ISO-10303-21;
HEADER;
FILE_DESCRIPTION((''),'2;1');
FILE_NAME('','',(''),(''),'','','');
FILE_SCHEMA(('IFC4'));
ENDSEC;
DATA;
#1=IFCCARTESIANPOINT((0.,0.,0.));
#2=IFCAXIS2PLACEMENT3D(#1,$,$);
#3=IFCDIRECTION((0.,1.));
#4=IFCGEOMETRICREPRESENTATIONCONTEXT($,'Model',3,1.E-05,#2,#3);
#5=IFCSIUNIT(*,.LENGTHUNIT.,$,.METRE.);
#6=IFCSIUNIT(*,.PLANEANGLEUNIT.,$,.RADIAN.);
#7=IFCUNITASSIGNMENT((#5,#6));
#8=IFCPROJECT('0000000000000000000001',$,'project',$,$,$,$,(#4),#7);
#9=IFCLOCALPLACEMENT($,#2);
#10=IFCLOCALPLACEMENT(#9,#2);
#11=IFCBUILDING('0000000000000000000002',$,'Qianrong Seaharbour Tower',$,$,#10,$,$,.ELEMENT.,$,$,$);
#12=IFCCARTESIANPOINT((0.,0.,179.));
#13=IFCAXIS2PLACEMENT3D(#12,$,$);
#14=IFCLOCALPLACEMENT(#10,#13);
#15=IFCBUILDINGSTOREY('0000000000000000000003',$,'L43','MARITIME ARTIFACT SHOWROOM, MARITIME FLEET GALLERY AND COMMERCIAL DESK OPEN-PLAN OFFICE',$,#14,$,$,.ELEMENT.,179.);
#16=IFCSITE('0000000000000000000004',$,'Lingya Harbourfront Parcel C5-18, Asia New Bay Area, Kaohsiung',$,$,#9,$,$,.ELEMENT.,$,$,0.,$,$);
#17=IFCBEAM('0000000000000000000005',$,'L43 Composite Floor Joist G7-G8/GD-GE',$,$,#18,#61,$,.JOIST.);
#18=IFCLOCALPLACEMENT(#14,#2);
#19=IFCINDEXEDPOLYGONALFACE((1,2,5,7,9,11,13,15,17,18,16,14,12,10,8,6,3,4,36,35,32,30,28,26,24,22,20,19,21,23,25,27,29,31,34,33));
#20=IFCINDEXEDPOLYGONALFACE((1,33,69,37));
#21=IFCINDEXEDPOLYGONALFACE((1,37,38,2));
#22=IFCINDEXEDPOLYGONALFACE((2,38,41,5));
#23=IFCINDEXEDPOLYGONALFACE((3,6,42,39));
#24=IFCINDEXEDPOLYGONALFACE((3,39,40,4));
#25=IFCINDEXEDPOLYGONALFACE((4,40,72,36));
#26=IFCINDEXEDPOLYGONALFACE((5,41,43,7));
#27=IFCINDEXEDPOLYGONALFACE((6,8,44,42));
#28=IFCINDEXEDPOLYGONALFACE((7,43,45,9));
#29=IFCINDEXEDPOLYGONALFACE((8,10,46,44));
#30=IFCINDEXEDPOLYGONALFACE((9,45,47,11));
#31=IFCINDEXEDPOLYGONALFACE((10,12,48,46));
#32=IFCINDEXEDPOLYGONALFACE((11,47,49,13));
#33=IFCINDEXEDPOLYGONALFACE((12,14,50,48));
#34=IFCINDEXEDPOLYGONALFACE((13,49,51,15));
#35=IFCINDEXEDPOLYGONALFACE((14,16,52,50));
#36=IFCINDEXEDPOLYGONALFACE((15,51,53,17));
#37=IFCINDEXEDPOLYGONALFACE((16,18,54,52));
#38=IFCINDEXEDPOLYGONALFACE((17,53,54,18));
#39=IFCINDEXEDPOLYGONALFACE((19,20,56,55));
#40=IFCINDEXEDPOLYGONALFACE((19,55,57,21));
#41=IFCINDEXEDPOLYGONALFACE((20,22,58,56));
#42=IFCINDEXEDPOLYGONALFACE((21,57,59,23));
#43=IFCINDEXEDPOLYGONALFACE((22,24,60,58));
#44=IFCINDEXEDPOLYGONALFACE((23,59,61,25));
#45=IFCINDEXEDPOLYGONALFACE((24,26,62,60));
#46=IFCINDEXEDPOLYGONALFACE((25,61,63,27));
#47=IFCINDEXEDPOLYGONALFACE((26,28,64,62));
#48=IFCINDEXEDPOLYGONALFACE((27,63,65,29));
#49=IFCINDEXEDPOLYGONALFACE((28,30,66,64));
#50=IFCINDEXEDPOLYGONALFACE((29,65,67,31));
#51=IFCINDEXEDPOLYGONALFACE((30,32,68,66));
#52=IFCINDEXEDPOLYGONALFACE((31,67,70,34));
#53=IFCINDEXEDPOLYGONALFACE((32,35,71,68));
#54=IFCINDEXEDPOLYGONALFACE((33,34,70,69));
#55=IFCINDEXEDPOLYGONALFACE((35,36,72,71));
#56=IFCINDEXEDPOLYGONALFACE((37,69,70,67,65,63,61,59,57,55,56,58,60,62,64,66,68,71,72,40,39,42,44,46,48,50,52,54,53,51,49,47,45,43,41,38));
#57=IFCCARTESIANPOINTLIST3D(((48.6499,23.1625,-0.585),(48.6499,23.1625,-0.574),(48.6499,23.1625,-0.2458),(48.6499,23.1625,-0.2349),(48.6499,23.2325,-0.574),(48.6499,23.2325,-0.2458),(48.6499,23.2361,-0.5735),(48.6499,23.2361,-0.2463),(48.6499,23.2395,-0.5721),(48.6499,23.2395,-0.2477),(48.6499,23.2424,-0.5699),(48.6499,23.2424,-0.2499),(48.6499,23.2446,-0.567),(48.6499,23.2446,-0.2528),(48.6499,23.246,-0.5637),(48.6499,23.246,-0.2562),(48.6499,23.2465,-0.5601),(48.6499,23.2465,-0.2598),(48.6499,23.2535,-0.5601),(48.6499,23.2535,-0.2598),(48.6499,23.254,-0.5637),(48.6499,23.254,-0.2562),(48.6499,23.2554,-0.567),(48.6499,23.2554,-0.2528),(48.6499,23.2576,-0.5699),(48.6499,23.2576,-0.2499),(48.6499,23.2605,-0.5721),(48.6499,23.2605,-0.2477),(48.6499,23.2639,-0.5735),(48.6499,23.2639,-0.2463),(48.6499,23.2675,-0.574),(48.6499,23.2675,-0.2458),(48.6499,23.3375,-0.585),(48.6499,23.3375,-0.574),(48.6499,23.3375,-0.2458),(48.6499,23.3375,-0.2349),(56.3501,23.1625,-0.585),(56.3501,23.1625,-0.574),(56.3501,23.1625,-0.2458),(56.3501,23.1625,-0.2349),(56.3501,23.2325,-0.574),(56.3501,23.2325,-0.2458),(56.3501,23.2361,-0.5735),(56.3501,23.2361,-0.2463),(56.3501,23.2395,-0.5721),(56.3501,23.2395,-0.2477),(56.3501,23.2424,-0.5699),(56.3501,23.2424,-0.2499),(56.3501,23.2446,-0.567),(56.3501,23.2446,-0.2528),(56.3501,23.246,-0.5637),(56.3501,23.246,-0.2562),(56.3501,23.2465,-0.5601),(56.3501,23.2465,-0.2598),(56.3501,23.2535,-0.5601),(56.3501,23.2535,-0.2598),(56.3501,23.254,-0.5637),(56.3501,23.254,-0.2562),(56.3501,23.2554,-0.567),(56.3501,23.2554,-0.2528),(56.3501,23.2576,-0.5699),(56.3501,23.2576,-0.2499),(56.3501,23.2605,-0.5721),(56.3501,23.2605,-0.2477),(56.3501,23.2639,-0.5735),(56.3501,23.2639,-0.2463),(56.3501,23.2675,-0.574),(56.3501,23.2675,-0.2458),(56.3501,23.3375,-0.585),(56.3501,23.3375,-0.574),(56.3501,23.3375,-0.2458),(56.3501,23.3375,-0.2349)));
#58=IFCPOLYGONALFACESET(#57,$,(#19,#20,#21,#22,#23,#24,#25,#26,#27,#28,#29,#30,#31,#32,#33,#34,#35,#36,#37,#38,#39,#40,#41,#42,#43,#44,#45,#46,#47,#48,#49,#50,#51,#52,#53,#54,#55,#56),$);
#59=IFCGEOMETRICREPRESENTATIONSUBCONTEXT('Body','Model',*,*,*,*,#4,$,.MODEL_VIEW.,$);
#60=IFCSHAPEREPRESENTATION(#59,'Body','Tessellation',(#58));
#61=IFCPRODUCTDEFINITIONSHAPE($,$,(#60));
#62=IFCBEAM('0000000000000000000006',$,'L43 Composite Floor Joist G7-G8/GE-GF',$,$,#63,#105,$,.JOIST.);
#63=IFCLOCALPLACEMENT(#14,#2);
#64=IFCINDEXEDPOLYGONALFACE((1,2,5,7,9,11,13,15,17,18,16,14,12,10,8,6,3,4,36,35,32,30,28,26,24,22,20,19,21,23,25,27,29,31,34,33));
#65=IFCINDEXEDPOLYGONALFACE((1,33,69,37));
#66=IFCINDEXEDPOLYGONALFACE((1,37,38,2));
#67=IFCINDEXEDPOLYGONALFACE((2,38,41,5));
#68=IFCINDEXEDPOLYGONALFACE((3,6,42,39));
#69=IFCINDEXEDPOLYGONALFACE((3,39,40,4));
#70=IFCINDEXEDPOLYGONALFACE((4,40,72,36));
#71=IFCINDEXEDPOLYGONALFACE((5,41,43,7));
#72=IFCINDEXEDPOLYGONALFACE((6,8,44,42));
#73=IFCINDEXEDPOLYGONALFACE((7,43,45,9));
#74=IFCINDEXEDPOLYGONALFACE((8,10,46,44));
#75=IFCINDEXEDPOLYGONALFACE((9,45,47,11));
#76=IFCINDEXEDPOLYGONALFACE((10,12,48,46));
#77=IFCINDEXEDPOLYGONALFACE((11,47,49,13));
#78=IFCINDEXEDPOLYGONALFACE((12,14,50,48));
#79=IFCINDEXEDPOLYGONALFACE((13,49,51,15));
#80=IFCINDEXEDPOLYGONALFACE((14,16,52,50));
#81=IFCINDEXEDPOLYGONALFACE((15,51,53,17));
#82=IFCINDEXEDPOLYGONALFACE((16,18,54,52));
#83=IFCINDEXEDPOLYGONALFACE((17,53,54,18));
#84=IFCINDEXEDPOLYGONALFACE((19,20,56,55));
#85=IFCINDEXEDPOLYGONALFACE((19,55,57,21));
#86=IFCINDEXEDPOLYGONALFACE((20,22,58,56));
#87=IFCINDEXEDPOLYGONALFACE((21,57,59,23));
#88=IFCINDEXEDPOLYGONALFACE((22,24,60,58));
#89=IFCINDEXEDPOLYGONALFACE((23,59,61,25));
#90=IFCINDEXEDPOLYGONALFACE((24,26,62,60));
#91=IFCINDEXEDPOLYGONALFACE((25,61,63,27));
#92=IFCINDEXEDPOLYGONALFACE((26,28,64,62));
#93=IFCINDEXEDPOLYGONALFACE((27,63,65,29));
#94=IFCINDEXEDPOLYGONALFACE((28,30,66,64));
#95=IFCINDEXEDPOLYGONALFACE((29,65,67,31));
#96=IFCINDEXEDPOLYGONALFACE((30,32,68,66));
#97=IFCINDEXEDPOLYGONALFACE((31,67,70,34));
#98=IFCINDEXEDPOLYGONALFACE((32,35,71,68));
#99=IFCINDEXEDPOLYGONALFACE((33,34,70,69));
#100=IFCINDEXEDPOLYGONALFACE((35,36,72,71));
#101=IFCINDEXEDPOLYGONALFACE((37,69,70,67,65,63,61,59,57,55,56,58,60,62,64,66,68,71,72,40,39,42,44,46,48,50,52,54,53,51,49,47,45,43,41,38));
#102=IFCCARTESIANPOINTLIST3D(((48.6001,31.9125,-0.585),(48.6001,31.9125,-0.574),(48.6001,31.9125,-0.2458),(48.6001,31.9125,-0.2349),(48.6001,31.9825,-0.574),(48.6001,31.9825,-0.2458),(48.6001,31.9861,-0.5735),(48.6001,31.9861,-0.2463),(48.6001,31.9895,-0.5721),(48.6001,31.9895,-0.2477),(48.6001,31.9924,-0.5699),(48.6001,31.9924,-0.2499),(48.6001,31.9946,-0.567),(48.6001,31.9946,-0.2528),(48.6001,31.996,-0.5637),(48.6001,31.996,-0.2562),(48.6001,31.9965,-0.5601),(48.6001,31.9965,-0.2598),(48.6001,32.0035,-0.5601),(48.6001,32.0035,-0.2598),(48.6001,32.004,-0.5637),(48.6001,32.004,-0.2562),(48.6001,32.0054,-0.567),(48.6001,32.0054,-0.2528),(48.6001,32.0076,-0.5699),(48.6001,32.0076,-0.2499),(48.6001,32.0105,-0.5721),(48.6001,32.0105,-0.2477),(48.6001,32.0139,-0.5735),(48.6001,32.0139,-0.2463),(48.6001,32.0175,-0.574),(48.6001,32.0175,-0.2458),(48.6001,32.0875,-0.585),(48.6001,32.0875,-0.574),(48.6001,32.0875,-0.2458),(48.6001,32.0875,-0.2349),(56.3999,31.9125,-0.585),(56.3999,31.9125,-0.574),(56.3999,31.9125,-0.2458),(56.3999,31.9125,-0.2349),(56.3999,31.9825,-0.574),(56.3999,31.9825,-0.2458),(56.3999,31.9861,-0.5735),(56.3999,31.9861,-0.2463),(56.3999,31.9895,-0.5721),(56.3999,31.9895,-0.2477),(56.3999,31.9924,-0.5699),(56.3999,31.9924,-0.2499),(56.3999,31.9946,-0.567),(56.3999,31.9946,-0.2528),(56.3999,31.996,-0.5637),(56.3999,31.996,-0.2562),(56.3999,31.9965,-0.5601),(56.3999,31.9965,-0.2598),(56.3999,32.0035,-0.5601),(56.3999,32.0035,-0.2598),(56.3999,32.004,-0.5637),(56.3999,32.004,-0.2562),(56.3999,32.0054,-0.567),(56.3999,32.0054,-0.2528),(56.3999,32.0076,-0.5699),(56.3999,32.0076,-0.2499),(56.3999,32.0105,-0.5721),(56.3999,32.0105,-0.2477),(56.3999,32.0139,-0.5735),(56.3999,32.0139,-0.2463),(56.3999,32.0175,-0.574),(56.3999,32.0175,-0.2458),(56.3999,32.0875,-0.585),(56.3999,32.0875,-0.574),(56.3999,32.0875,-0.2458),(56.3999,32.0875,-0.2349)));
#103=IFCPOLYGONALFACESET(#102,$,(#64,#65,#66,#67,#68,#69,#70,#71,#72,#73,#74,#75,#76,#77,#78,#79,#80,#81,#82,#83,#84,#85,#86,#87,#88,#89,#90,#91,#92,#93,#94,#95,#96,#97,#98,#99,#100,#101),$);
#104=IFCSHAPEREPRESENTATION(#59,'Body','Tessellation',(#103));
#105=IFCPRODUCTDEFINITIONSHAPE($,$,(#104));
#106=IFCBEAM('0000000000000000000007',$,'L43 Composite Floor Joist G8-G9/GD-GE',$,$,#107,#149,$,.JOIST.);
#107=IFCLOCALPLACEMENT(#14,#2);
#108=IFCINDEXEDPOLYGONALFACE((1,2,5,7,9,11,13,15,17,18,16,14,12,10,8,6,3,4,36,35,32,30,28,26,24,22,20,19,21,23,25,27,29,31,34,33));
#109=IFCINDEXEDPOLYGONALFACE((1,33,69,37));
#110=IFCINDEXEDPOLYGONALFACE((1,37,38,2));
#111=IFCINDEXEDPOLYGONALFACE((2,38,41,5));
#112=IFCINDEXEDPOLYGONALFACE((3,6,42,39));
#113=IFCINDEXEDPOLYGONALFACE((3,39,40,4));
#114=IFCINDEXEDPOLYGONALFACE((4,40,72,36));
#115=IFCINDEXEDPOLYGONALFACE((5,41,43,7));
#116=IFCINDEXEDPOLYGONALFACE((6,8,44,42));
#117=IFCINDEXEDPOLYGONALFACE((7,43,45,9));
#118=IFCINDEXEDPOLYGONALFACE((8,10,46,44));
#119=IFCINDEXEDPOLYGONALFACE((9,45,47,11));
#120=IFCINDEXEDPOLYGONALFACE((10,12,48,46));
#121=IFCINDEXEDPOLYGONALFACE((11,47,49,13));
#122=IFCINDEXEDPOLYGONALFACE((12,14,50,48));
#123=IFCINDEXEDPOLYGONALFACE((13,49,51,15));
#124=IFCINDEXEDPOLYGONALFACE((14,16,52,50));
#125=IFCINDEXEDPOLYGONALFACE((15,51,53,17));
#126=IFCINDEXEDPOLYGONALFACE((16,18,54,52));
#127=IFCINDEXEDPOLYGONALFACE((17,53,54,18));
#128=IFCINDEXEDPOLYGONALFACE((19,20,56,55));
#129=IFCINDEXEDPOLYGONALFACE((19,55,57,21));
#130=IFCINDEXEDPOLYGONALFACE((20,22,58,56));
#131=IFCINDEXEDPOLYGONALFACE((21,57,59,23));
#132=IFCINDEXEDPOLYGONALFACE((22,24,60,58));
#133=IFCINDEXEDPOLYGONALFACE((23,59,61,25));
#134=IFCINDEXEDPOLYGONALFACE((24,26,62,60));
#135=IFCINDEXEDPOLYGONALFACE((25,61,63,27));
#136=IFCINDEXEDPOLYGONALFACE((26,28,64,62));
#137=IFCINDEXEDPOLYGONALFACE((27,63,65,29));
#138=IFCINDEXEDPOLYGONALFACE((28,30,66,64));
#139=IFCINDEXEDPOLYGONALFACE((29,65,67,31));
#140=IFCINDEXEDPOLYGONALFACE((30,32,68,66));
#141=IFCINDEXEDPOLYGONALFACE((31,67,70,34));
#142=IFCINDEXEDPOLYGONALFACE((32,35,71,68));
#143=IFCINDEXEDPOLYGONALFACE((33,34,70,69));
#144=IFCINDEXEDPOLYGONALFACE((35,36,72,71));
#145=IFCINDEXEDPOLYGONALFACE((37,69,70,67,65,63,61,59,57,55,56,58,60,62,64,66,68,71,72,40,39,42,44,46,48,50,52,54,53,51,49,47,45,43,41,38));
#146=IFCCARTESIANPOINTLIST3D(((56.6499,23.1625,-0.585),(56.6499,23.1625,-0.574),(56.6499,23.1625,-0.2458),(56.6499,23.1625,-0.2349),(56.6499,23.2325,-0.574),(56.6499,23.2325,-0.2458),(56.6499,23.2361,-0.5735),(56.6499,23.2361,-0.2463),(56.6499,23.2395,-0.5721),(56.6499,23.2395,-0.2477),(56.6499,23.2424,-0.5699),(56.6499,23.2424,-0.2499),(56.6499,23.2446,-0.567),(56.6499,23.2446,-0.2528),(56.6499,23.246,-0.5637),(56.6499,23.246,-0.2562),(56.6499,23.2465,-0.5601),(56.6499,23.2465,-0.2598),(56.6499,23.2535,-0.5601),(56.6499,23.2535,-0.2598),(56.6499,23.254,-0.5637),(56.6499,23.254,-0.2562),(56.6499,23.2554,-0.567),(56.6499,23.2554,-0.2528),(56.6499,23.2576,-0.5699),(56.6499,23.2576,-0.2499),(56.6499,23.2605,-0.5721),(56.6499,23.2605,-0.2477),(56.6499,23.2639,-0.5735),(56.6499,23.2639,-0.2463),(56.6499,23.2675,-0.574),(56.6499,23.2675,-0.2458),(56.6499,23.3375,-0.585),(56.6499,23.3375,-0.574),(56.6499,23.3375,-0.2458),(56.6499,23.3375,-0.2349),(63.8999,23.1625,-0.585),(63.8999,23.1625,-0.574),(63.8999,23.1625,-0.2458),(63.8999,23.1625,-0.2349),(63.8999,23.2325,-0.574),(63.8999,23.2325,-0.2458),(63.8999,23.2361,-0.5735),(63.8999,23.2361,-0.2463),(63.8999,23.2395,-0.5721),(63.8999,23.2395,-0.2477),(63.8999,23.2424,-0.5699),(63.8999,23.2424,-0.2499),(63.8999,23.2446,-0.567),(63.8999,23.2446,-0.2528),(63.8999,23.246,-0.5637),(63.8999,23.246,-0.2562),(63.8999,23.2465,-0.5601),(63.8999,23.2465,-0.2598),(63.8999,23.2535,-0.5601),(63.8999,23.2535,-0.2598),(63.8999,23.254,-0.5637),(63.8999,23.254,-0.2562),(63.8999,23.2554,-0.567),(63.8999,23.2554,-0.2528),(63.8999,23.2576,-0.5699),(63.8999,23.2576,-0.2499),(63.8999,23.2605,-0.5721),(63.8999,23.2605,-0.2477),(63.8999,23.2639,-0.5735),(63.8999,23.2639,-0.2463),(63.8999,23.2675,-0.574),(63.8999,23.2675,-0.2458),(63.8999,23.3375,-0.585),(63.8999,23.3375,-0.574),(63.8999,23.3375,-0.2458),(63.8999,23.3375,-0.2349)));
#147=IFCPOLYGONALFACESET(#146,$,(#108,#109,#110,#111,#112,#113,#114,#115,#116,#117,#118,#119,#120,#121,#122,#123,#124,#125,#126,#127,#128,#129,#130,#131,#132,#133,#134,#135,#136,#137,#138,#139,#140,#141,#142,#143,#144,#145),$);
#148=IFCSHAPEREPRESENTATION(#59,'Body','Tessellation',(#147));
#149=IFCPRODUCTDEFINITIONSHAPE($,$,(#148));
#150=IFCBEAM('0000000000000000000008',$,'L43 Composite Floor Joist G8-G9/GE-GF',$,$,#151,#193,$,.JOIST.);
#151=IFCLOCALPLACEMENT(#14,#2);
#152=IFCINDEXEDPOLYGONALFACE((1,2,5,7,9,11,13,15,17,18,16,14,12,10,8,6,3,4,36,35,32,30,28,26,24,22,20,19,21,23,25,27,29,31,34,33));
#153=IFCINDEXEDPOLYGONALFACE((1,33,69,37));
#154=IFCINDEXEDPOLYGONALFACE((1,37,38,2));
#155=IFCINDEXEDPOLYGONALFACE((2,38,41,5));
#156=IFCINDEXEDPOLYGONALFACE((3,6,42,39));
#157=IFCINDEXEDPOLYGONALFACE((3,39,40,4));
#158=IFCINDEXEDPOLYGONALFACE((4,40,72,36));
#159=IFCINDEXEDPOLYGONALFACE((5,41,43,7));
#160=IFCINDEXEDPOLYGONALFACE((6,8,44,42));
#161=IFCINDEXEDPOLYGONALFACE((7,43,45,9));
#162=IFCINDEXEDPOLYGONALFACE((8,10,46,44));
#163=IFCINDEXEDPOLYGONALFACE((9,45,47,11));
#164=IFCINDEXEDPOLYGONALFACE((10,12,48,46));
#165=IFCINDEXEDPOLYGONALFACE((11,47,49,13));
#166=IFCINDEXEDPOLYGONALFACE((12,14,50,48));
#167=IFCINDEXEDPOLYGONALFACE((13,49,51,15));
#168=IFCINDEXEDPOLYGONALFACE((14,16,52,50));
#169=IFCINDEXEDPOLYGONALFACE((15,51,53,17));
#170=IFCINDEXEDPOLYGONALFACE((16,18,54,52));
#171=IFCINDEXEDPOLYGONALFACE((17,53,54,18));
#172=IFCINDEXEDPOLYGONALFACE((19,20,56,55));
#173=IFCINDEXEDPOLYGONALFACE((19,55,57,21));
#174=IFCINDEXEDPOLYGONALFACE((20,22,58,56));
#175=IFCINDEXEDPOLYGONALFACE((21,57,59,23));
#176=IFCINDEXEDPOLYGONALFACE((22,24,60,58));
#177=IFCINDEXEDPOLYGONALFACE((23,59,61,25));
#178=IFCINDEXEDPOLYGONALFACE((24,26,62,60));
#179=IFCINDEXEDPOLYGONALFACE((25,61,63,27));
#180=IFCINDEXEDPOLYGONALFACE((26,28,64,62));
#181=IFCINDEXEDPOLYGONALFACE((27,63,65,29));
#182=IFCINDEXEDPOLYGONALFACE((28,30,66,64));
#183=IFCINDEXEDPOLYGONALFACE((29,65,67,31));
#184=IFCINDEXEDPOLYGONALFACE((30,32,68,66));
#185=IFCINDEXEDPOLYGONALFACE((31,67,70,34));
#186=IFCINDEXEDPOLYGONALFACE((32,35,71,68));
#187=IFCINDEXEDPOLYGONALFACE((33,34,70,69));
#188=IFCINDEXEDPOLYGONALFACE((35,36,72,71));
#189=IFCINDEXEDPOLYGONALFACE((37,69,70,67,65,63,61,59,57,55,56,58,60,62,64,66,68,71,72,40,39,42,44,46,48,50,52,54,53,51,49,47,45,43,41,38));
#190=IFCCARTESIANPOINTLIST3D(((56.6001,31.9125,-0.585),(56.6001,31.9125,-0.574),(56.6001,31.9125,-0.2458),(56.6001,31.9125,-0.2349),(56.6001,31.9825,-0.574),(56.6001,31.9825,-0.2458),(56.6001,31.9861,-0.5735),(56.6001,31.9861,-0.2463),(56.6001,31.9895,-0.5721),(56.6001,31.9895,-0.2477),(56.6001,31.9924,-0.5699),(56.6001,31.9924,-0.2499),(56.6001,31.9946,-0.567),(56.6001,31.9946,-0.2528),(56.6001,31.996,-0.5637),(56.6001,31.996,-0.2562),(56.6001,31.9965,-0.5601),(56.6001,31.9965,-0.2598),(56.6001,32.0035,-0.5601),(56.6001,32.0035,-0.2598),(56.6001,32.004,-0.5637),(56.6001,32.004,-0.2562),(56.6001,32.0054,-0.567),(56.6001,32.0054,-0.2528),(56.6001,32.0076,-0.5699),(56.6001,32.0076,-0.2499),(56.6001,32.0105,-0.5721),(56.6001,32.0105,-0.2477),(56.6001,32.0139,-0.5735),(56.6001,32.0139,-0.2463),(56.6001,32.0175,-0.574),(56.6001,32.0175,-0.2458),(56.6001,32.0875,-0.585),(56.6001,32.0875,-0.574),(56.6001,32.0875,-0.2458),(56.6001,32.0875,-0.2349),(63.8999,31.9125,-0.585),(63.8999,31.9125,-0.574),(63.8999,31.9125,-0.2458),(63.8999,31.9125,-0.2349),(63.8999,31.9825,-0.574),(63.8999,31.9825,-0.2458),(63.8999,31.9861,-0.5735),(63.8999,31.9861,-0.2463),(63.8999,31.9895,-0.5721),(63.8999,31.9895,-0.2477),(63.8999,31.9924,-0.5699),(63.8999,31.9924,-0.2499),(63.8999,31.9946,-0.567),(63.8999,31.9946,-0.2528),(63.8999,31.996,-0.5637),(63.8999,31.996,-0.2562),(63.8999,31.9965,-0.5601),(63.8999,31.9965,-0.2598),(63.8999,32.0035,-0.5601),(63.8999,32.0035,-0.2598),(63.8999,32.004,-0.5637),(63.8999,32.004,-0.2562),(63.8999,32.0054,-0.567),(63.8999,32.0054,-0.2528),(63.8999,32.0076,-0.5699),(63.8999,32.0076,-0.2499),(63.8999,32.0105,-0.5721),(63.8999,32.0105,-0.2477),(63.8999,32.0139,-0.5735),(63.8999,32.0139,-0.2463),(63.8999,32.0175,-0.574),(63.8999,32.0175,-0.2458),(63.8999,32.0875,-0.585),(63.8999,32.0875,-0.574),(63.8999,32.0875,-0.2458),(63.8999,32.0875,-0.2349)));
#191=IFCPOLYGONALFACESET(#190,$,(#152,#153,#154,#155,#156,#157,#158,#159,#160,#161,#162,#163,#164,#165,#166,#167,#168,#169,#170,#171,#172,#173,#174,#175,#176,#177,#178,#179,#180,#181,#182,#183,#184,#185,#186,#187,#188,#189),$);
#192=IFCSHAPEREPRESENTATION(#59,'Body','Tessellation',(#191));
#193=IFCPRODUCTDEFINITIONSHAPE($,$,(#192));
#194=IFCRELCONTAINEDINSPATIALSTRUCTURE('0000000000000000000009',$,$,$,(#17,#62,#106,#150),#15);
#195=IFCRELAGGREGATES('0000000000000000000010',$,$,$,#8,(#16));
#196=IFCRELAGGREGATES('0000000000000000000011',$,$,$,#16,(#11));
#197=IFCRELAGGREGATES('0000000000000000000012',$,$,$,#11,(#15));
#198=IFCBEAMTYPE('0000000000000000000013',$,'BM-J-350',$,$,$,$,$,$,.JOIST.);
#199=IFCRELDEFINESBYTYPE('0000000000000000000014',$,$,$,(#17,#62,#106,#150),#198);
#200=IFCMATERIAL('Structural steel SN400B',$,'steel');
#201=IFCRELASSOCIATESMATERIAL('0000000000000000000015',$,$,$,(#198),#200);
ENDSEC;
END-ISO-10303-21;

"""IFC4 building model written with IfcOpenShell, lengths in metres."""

from ifc_helpers import new_model, si_unit, direction, frame, origin, origin_2d, place, context, subcontext, project, spatial, i_section, extrude, material, material_profile, profile_set, type_object, element, save


model = new_model("IFC4")

# Units and contexts
model_context = context("Model", 3, precision=1e-05, world=origin(), true_north=direction((0.0, 1.0)))
body_context = subcontext(model_context, "Body", "Model", "MODEL_VIEW")
ifc_project = project(units=[si_unit("LENGTHUNIT", "METRE"), si_unit("PLANEANGLEUNIT", "RADIAN")], contexts=[model_context])

# Site, building, storey
site_placement = place(None, origin())
site = spatial("IfcSite", under=ifc_project, at=site_placement, Name="Lingya Harbourfront Parcel C5-18, Asia New Bay Area, Kaohsiung", CompositionType="ELEMENT", RefElevation=0.0)
building_placement = place(site_placement, origin())
building = spatial("IfcBuilding", under=site, at=building_placement, Name="Qianrong Seaharbour Tower", CompositionType="ELEMENT")
storey_placement = place(building_placement, frame((0.0, 0.0, 179.0)))
storey = spatial("IfcBuildingStorey", under=building, at=storey_placement, Name="L43", Description="MARITIME ARTIFACT SHOWROOM, MARITIME FLEET GALLERY AND COMMERCIAL DESK OPEN-PLAN OFFICE", CompositionType="ELEMENT", Elevation=179.0)

# Beams
ifc_material_1 = material(Name="Structural steel SN400B", Category="steel")
ifc_material_profile_1 = material_profile(ifc_material_1, i_section(OverallWidth=0.175, OverallDepth=0.3501, WebThickness=0.0071, FlangeThickness=0.011, FilletRadius=0.0139, at=origin_2d()), Name="H350x175x7x11")
ifc_profile_set_1 = profile_set([ifc_material_profile_1], Name="Structural steel SN400B")
beam_type_1 = type_object("IfcBeamType", Name="BM-J-350", PredefinedType="JOIST", material=ifc_profile_set_1)
beam_1_placement = place(storey_placement, frame((48.6499, 23.25, -0.4099), z_axis=(1.0, 0.0, 0.0), x_axis=(0.0, 1.0, 0.0)))
element("IfcBeam", 1, at=beam_1_placement, inside=storey, type_object=beam_type_1, Name="L43 Composite Floor Joist G7-G8/GD-GE", PredefinedType="JOIST", context=body_context, shape_type="SweptSolid", body=[
    extrude(i_section(OverallWidth=0.175, OverallDepth=0.3501, WebThickness=0.0071, FlangeThickness=0.011, FilletRadius=0.0139, at=origin_2d()), origin(), (0.0, 0.0, 1.0), 7.7002),
])
beam_2_placement = place(storey_placement, frame((48.6001, 32.0, -0.4099), z_axis=(1.0, 0.0, 0.0), x_axis=(0.0, 1.0, 0.0)))
element("IfcBeam", 2, at=beam_2_placement, inside=storey, type_object=beam_type_1, Name="L43 Composite Floor Joist G7-G8/GE-GF", PredefinedType="JOIST", context=body_context, shape_type="SweptSolid", body=[
    extrude(i_section(OverallWidth=0.175, OverallDepth=0.3501, WebThickness=0.0071, FlangeThickness=0.011, FilletRadius=0.0139, at=origin_2d()), origin(), (0.0, 0.0, 1.0), 7.7998),
])
beam_3_placement = place(storey_placement, frame((56.6499, 23.25, -0.4099), z_axis=(1.0, 0.0, 0.0), x_axis=(0.0, 1.0, 0.0)))
element("IfcBeam", 3, at=beam_3_placement, inside=storey, type_object=beam_type_1, Name="L43 Composite Floor Joist G8-G9/GD-GE", PredefinedType="JOIST", context=body_context, shape_type="SweptSolid", body=[
    extrude(i_section(OverallWidth=0.175, OverallDepth=0.3501, WebThickness=0.0071, FlangeThickness=0.011, FilletRadius=0.0139, at=origin_2d()), origin(), (0.0, 0.0, 1.0), 7.25),
])
beam_4_placement = place(storey_placement, frame((56.6001, 32.0, -0.4099), z_axis=(1.0, 0.0, 0.0), x_axis=(0.0, 1.0, 0.0)))
element("IfcBeam", 4, at=beam_4_placement, inside=storey, type_object=beam_type_1, Name="L43 Composite Floor Joist G8-G9/GE-GF", PredefinedType="JOIST", context=body_context, shape_type="SweptSolid", body=[
    extrude(i_section(OverallWidth=0.175, OverallDepth=0.3501, WebThickness=0.0071, FlangeThickness=0.011, FilletRadius=0.0139, at=origin_2d()), origin(), (0.0, 0.0, 1.0), 7.2998),
])

save(model, "model.ifc")
